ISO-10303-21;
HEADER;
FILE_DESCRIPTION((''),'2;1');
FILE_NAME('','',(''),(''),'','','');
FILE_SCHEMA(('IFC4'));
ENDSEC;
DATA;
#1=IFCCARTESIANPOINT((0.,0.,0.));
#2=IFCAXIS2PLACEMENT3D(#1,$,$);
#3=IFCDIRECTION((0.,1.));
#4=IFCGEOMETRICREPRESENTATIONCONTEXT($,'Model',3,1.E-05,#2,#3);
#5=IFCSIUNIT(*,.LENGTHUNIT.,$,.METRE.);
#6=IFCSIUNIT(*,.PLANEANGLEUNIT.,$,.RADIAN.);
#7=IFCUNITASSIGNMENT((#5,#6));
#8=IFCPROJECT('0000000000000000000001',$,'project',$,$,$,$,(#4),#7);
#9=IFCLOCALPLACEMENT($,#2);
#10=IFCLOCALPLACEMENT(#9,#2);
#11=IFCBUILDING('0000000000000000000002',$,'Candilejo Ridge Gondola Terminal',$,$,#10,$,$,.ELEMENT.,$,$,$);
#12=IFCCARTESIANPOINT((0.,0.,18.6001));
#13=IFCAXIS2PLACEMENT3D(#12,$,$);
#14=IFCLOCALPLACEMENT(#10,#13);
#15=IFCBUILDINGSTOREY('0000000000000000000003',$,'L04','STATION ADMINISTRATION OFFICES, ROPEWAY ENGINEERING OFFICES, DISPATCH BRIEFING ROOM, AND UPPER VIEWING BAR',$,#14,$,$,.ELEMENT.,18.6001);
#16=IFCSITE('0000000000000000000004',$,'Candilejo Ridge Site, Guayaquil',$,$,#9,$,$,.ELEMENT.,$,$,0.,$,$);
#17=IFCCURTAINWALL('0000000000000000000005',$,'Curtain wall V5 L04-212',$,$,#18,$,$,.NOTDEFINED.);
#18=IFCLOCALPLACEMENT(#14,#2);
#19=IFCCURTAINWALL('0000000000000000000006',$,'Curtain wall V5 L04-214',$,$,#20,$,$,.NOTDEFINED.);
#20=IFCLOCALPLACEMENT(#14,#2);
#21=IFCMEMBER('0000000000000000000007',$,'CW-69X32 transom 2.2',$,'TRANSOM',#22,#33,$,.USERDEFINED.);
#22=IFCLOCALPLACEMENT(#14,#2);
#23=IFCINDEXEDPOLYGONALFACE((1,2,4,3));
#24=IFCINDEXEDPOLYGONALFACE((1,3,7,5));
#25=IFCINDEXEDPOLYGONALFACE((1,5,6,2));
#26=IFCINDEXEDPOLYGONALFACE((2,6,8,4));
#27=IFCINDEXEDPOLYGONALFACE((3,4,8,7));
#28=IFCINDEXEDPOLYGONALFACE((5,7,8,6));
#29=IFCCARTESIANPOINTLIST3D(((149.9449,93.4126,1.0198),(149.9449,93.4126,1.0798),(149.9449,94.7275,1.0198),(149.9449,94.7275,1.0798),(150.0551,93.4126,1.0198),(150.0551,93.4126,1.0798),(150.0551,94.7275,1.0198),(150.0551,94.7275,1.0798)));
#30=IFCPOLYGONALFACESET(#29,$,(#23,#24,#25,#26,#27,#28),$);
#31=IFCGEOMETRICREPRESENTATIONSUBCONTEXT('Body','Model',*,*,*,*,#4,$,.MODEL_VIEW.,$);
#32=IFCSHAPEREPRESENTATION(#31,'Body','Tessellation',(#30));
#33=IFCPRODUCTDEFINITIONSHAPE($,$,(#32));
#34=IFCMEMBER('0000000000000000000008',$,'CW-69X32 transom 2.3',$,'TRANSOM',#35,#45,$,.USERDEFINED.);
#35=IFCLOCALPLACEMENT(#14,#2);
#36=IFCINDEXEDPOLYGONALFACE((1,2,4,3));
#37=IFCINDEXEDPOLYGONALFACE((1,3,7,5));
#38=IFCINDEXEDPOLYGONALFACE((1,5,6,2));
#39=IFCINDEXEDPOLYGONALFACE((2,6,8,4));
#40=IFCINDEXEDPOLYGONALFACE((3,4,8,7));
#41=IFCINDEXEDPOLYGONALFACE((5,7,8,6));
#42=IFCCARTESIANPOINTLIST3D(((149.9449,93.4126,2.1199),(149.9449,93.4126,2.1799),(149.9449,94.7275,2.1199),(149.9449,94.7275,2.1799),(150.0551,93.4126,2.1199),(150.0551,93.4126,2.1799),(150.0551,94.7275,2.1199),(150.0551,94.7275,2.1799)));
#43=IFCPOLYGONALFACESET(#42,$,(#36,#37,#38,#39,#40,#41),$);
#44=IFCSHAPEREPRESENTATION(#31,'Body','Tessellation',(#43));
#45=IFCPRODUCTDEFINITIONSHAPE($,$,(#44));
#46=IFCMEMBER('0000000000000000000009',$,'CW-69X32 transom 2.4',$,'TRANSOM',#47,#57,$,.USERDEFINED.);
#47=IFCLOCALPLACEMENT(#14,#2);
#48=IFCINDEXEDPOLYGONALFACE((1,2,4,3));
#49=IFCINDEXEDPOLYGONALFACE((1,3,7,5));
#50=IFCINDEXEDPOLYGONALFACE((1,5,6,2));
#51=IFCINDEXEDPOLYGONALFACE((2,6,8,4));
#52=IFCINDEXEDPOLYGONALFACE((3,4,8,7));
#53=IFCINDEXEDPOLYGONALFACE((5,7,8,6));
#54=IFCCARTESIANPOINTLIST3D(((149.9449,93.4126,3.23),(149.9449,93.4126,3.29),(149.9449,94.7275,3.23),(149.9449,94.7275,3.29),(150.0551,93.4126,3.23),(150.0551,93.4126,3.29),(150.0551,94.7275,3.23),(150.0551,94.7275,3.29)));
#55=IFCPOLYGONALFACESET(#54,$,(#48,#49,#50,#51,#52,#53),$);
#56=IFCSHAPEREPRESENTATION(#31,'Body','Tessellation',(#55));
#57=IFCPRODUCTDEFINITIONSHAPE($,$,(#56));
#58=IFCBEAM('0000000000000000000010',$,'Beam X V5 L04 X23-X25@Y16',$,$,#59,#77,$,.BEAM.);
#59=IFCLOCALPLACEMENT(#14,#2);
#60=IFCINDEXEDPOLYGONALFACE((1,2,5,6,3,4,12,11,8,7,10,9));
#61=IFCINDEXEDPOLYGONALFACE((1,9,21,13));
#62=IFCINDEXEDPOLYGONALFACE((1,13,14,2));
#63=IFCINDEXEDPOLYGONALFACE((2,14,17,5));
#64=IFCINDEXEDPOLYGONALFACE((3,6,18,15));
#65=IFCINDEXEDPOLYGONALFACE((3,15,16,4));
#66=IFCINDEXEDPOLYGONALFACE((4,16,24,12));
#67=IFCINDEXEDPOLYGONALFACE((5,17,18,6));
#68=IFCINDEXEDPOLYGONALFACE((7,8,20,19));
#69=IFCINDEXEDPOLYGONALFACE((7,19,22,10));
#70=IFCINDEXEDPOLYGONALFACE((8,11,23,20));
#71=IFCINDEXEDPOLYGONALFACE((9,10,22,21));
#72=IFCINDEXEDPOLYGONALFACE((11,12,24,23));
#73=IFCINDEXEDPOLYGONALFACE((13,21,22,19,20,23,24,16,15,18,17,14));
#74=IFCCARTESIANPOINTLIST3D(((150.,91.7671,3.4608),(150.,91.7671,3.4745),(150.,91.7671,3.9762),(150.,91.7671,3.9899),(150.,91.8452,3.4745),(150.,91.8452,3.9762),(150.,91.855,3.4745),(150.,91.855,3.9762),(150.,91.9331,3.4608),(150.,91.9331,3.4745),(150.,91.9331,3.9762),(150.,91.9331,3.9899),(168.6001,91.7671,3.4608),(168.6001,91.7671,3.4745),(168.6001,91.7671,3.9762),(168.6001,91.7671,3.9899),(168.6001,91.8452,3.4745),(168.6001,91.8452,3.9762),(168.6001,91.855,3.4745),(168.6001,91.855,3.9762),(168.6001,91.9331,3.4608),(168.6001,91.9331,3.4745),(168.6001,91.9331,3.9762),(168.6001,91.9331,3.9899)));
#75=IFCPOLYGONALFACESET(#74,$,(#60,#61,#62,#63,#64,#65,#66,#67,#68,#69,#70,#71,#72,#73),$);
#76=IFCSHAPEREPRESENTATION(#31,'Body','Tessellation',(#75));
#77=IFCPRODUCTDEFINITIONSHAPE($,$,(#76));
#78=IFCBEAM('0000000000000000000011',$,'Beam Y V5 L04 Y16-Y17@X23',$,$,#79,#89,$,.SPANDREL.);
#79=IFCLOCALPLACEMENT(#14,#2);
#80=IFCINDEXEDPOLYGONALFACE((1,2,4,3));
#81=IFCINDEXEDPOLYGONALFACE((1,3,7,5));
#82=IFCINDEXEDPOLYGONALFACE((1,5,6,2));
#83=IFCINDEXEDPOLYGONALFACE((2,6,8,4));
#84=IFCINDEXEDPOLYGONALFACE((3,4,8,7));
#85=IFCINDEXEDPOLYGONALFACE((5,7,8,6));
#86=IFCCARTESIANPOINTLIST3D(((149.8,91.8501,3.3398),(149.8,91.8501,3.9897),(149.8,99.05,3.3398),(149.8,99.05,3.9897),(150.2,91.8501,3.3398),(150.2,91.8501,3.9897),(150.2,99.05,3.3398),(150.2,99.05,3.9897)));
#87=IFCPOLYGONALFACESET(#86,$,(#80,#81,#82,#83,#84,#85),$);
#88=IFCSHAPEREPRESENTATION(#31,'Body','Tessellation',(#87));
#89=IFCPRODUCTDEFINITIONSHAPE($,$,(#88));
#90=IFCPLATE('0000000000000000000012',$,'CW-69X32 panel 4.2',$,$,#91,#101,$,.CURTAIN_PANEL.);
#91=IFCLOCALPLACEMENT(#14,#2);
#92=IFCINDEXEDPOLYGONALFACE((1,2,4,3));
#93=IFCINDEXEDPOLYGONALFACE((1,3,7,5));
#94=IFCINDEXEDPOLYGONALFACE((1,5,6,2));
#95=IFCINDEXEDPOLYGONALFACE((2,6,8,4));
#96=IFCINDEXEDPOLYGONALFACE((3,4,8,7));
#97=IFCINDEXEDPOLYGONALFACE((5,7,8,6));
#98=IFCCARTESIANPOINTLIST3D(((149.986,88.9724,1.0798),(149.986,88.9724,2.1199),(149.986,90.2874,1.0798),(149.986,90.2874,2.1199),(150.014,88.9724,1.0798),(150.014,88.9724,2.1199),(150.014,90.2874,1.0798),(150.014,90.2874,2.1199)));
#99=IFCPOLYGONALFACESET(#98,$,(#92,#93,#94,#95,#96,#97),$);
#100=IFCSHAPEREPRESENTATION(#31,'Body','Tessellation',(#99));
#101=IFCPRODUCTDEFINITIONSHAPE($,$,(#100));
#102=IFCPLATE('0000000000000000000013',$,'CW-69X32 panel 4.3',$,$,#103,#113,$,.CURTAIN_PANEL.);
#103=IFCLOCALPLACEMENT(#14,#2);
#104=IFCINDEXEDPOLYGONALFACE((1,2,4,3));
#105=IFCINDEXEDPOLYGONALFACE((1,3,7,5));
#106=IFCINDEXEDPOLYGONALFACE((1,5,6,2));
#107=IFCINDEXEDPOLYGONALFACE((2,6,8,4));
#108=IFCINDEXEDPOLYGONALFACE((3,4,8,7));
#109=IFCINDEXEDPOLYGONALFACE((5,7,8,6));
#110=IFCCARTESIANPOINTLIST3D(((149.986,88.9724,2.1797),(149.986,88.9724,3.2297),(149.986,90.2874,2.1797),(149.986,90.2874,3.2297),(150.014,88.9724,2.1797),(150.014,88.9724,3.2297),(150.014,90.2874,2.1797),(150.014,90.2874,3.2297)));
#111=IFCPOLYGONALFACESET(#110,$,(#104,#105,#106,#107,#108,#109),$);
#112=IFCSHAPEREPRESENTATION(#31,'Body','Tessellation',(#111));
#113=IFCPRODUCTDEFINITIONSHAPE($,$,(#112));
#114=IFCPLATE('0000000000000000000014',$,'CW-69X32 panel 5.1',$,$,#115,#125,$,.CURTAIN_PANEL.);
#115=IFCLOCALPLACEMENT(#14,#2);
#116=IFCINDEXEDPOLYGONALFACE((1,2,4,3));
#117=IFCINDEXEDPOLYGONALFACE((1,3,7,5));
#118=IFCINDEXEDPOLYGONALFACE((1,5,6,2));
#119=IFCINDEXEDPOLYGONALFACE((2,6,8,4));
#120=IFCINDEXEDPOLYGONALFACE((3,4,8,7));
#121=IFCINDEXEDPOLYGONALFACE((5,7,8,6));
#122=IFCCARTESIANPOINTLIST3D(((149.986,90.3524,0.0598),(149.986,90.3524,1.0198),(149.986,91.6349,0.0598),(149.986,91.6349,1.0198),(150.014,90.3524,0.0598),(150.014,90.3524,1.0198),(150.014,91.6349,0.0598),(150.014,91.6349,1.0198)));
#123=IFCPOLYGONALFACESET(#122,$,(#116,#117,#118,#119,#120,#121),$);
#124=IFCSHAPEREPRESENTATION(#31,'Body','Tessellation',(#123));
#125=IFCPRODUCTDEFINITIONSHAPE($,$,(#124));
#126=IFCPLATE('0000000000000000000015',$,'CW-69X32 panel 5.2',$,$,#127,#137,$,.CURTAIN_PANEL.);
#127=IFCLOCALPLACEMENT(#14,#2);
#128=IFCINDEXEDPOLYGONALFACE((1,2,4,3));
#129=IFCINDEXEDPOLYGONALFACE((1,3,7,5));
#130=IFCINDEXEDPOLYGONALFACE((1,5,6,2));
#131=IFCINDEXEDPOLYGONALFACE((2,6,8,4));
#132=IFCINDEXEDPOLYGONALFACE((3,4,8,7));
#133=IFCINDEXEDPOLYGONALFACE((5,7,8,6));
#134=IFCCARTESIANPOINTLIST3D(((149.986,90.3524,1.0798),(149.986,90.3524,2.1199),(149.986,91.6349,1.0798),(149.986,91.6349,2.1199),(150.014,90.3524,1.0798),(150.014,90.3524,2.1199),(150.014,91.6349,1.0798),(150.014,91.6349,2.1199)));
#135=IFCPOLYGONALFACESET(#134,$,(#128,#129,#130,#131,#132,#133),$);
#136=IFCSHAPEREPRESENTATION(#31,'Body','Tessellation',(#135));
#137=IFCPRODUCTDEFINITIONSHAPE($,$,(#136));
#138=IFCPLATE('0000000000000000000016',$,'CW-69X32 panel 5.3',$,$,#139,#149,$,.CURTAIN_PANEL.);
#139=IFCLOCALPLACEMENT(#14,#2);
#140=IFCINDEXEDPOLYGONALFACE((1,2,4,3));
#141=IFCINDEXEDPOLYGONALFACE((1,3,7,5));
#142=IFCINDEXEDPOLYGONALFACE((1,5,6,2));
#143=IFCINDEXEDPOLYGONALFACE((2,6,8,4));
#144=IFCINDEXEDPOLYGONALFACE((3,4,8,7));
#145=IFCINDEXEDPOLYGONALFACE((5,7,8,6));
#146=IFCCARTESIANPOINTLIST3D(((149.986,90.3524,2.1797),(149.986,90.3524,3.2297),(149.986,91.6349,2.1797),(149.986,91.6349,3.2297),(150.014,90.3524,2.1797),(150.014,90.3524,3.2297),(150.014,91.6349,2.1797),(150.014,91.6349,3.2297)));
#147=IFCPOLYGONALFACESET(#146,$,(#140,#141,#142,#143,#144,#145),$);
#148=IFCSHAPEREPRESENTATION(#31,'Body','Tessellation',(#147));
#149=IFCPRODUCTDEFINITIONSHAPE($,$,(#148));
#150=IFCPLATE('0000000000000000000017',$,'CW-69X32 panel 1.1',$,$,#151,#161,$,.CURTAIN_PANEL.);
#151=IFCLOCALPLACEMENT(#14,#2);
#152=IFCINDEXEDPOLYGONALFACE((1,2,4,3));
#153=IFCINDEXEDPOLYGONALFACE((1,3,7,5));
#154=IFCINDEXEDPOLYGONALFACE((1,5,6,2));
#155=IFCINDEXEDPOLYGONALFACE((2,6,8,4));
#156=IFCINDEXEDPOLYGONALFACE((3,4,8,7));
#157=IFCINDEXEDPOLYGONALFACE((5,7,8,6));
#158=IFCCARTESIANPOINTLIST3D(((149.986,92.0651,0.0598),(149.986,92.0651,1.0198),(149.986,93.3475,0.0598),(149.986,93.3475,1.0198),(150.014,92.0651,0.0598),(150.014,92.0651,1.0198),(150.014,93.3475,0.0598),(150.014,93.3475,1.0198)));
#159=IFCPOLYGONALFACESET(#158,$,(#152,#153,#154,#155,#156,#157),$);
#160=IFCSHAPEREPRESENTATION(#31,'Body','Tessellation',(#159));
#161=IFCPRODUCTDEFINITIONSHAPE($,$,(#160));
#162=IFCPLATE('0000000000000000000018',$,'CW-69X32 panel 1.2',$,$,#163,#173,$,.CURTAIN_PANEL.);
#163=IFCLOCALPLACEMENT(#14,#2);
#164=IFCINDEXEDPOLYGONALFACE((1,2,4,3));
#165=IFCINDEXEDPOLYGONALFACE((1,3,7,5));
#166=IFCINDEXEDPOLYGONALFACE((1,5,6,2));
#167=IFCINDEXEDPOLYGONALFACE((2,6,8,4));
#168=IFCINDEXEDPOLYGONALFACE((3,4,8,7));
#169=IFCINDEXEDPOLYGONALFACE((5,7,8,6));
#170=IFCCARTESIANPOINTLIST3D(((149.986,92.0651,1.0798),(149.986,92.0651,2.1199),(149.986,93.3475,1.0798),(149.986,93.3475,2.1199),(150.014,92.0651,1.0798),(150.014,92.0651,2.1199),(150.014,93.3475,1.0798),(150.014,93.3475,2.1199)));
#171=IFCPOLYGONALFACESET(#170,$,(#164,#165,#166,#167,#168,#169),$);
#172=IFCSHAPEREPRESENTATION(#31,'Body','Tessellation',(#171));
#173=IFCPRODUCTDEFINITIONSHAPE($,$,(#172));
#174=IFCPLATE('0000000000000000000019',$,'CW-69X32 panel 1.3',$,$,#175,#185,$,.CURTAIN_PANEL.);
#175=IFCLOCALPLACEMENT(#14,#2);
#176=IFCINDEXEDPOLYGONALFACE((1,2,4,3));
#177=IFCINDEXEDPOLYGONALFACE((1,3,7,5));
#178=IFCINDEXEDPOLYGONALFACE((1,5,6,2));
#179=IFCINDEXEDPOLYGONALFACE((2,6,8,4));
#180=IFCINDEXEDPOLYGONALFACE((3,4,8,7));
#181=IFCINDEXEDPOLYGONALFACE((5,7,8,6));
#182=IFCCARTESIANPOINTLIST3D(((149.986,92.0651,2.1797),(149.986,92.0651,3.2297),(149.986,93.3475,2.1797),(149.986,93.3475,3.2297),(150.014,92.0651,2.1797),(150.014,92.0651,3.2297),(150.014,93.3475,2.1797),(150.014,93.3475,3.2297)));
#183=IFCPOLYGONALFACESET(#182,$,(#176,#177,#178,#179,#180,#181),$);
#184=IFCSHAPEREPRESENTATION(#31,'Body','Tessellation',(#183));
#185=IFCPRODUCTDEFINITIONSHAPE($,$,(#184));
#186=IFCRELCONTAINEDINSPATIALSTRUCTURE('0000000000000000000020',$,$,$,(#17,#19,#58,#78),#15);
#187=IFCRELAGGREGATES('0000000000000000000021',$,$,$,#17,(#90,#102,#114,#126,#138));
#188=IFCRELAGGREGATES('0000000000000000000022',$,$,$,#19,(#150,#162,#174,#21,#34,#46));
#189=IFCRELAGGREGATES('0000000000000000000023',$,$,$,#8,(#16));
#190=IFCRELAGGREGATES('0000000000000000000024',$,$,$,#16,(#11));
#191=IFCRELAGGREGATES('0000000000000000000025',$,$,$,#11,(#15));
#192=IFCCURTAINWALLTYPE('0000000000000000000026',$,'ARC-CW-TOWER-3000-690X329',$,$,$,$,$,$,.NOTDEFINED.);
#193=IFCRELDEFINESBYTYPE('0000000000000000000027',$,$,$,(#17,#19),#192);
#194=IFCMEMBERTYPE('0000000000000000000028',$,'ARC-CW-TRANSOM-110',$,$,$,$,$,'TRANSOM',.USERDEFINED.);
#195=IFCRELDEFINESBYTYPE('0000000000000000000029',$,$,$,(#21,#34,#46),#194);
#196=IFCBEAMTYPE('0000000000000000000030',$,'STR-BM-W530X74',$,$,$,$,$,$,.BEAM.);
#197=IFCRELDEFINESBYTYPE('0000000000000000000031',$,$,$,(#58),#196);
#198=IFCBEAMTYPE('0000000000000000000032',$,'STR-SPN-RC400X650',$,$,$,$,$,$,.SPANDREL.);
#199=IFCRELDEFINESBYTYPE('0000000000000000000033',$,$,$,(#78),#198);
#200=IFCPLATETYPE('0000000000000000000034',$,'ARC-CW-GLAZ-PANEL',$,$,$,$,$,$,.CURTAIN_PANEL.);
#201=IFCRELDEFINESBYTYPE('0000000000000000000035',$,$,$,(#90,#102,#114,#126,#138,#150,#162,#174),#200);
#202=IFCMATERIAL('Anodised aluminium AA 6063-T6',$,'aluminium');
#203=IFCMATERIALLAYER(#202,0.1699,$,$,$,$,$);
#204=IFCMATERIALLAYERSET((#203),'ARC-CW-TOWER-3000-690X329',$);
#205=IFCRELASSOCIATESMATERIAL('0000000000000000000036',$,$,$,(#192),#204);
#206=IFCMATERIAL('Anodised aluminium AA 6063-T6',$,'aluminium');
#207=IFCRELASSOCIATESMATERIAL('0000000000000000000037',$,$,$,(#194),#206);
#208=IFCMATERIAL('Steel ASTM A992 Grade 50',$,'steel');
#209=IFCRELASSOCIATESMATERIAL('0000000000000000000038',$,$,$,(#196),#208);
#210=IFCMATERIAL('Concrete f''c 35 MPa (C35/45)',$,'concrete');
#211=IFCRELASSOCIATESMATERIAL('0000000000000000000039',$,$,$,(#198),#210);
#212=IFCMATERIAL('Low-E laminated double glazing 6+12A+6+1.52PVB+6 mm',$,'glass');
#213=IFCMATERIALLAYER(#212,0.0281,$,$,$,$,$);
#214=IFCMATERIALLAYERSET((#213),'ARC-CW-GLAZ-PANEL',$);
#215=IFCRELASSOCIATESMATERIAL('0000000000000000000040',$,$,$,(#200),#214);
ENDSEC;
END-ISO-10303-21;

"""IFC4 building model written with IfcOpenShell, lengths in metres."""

from ifc_helpers import new_model, si_unit, direction, frame, origin, origin_2d, place, context, subcontext, project, spatial, rectangle, i_section, extrude, material, layer, layer_set, material_profile, profile_set, type_object, element, aggregate, save


model = new_model("IFC4")

# Units and contexts
model_context = context("Model", 3, precision=1e-05, world=origin(), true_north=direction((0.0, 1.0)))
body_context = subcontext(model_context, "Body", "Model", "MODEL_VIEW")
ifc_project = project(units=[si_unit("LENGTHUNIT", "METRE"), si_unit("PLANEANGLEUNIT", "RADIAN")], contexts=[model_context])

# Site, building, storey
site_placement = place(None, origin())
site = spatial("IfcSite", under=ifc_project, at=site_placement, Name="Candilejo Ridge Site, Guayaquil", CompositionType="ELEMENT", RefElevation=0.0)
building_placement = place(site_placement, origin())
building = spatial("IfcBuilding", under=site, at=building_placement, Name="Candilejo Ridge Gondola Terminal", CompositionType="ELEMENT")
storey_placement = place(building_placement, frame((0.0, 0.0, 18.6001)))
storey = spatial("IfcBuildingStorey", under=building, at=storey_placement, Name="L04", Description="STATION ADMINISTRATION OFFICES, ROPEWAY ENGINEERING OFFICES, DISPATCH BRIEFING ROOM, AND UPPER VIEWING BAR", CompositionType="ELEMENT", Elevation=18.6001)

# Curtain walls
ifc_material_1 = material(Name="Anodised aluminium AA 6063-T6", Category="aluminium")
ifc_layer_1 = layer(ifc_material_1, 0.1699)
ifc_layer_set_1 = layer_set([ifc_layer_1], Name="ARC-CW-TOWER-3000-690X329")
curtain_wall_type = type_object("IfcCurtainWallType", Name="ARC-CW-TOWER-3000-690X329", PredefinedType="NOTDEFINED", material=ifc_layer_set_1)
curtain_wall_1_placement = place(storey_placement, origin())
curtain_wall_1 = element("IfcCurtainWall", 1, at=curtain_wall_1_placement, inside=storey, type_object=curtain_wall_type, Name="Curtain wall V5 L04-212", PredefinedType="NOTDEFINED")
curtain_wall_2_placement = place(storey_placement, origin())
curtain_wall_2 = element("IfcCurtainWall", 2, at=curtain_wall_2_placement, inside=storey, type_object=curtain_wall_type, Name="Curtain wall V5 L04-214", PredefinedType="NOTDEFINED")

# Members
ifc_material_2 = material(Name="Anodised aluminium AA 6063-T6", Category="aluminium")
ifc_material_profile_1 = material_profile(ifc_material_2, rectangle(XDim=0.1101, YDim=0.0601, at=origin_2d()))
ifc_profile_set_1 = profile_set([ifc_material_profile_1], Name="Anodised aluminium AA 6063-T6")
member_type_1 = type_object("IfcMemberType", Name="ARC-CW-TRANSOM-110", ElementType="TRANSOM", PredefinedType="USERDEFINED", material=ifc_profile_set_1)
member_1_placement = place(storey_placement, frame((150.0, 93.4126, 1.0498), z_axis=(0.0, 1.0, 0.0), x_axis=(-1.0, 0.0, 0.0)))
member_1 = element("IfcMember", 3, at=member_1_placement, type_object=member_type_1, Name="CW-69X32 transom 2.2", ObjectType="TRANSOM", PredefinedType="USERDEFINED", context=body_context, shape_type="SweptSolid", body=[
    extrude(rectangle(XDim=0.1101, YDim=0.0601, at=origin_2d()), origin(), (0.0, 0.0, 1.0), 1.3149),
])
member_2_placement = place(storey_placement, frame((150.0, 93.4126, 2.1499), z_axis=(0.0, 1.0, 0.0), x_axis=(-1.0, 0.0, 0.0)))
member_2 = element("IfcMember", 4, at=member_2_placement, type_object=member_type_1, Name="CW-69X32 transom 2.3", ObjectType="TRANSOM", PredefinedType="USERDEFINED", context=body_context, shape_type="SweptSolid", body=[
    extrude(rectangle(XDim=0.1101, YDim=0.0601, at=origin_2d()), origin(), (0.0, 0.0, 1.0), 1.3149),
])
member_3_placement = place(storey_placement, frame((150.0, 93.4126, 3.26), z_axis=(0.0, 1.0, 0.0), x_axis=(-1.0, 0.0, 0.0)))
member_3 = element("IfcMember", 5, at=member_3_placement, type_object=member_type_1, Name="CW-69X32 transom 2.4", ObjectType="TRANSOM", PredefinedType="USERDEFINED", context=body_context, shape_type="SweptSolid", body=[
    extrude(rectangle(XDim=0.1101, YDim=0.0601, at=origin_2d()), origin(), (0.0, 0.0, 1.0), 1.3149),
])

# Beams
ifc_material_3 = material(Name="Steel ASTM A992 Grade 50", Category="steel")
ifc_material_profile_2 = material_profile(ifc_material_3, i_section(OverallWidth=0.166, OverallDepth=0.5291, WebThickness=0.0098, FlangeThickness=0.0137, at=origin_2d()))
ifc_profile_set_2 = profile_set([ifc_material_profile_2], Name="Steel ASTM A992 Grade 50")
beam_type_1 = type_object("IfcBeamType", Name="STR-BM-W530X74", PredefinedType="BEAM", material=ifc_profile_set_2)
beam_1_placement = place(storey_placement, frame((150.0, 91.8501, 3.7253), z_axis=(1.0, 0.0, 0.0), x_axis=(0.0, 1.0, 0.0)))
element("IfcBeam", 6, at=beam_1_placement, inside=storey, type_object=beam_type_1, Name="Beam X V5 L04 X23-X25@Y16", PredefinedType="BEAM", context=body_context, shape_type="SweptSolid", body=[
    extrude(i_section(OverallWidth=0.166, OverallDepth=0.5291, WebThickness=0.0098, FlangeThickness=0.0137, at=origin_2d()), origin(), (0.0, 0.0, 1.0), 18.6001),
])
ifc_material_4 = material(Name="Concrete f'c 35 MPa (C35/45)", Category="concrete")
ifc_material_profile_3 = material_profile(ifc_material_4, rectangle(XDim=0.3999, YDim=0.6499, at=origin_2d()))
ifc_profile_set_3 = profile_set([ifc_material_profile_3], Name="Concrete f'c 35 MPa (C35/45)")
beam_type_2 = type_object("IfcBeamType", Name="STR-SPN-RC400X650", PredefinedType="SPANDREL", material=ifc_profile_set_3)
beam_2_placement = place(storey_placement, frame((150.0, 91.8501, 3.6648), z_axis=(0.0, 1.0, 0.0), x_axis=(-1.0, 0.0, 0.0)))
element("IfcBeam", 7, at=beam_2_placement, inside=storey, type_object=beam_type_2, Name="Beam Y V5 L04 Y16-Y17@X23", PredefinedType="SPANDREL", context=body_context, shape_type="SweptSolid", body=[
    extrude(rectangle(XDim=0.3999, YDim=0.6499, at=origin_2d()), origin(), (0.0, 0.0, 1.0), 7.2),
])

# Plates
ifc_material_5 = material(Name="Low-E laminated double glazing 6+12A+6+1.52PVB+6 mm", Category="glass")
ifc_layer_2 = layer(ifc_material_5, 0.0281)
ifc_layer_set_2 = layer_set([ifc_layer_2], Name="ARC-CW-GLAZ-PANEL")
plate_type = type_object("IfcPlateType", Name="ARC-CW-GLAZ-PANEL", PredefinedType="CURTAIN_PANEL", material=ifc_layer_set_2)
plate_1_placement = place(storey_placement, frame((150.0, 89.6299, 1.0798), z_axis=(0.0, 0.0, 1.0), x_axis=(0.0, 1.0, 0.0)))
plate_1 = element("IfcPlate", 8, at=plate_1_placement, type_object=plate_type, Name="CW-69X32 panel 4.2", PredefinedType="CURTAIN_PANEL", context=body_context, shape_type="SweptSolid", body=[
    extrude(rectangle(XDim=1.3149, YDim=0.0281, at=origin_2d()), origin(), (0.0, 0.0, 1.0), 1.04),
])
plate_2_placement = place(storey_placement, frame((150.0, 89.6299, 2.1797), z_axis=(0.0, 0.0, 1.0), x_axis=(0.0, 1.0, 0.0)))
plate_2 = element("IfcPlate", 9, at=plate_2_placement, type_object=plate_type, Name="CW-69X32 panel 4.3", PredefinedType="CURTAIN_PANEL", context=body_context, shape_type="SweptSolid", body=[
    extrude(rectangle(XDim=1.3149, YDim=0.0281, at=origin_2d()), origin(), (0.0, 0.0, 1.0), 1.05),
])
plate_3_placement = place(storey_placement, frame((150.0, 90.9937, 0.0598), z_axis=(0.0, 0.0, 1.0), x_axis=(0.0, 1.0, 0.0)))
plate_3 = element("IfcPlate", 10, at=plate_3_placement, type_object=plate_type, Name="CW-69X32 panel 5.1", PredefinedType="CURTAIN_PANEL", context=body_context, shape_type="SweptSolid", body=[
    extrude(rectangle(XDim=1.2825, YDim=0.0281, at=origin_2d()), origin(), (0.0, 0.0, 1.0), 0.96),
])
plate_4_placement = place(storey_placement, frame((150.0, 90.9937, 1.0798), z_axis=(0.0, 0.0, 1.0), x_axis=(0.0, 1.0, 0.0)))
plate_4 = element("IfcPlate", 11, at=plate_4_placement, type_object=plate_type, Name="CW-69X32 panel 5.2", PredefinedType="CURTAIN_PANEL", context=body_context, shape_type="SweptSolid", body=[
    extrude(rectangle(XDim=1.2825, YDim=0.0281, at=origin_2d()), origin(), (0.0, 0.0, 1.0), 1.04),
])
plate_5_placement = place(storey_placement, frame((150.0, 90.9937, 2.1797), z_axis=(0.0, 0.0, 1.0), x_axis=(0.0, 1.0, 0.0)))
plate_5 = element("IfcPlate", 12, at=plate_5_placement, type_object=plate_type, Name="CW-69X32 panel 5.3", PredefinedType="CURTAIN_PANEL", context=body_context, shape_type="SweptSolid", body=[
    extrude(rectangle(XDim=1.2825, YDim=0.0281, at=origin_2d()), origin(), (0.0, 0.0, 1.0), 1.05),
])
aggregate(curtain_wall_1, [plate_1, plate_2, plate_3, plate_4, plate_5])
plate_6_placement = place(storey_placement, frame((150.0, 92.7063, 0.0598), z_axis=(0.0, 0.0, 1.0), x_axis=(0.0, 1.0, 0.0)))
plate_6 = element("IfcPlate", 13, at=plate_6_placement, type_object=plate_type, Name="CW-69X32 panel 1.1", PredefinedType="CURTAIN_PANEL", context=body_context, shape_type="SweptSolid", body=[
    extrude(rectangle(XDim=1.2825, YDim=0.0281, at=origin_2d()), origin(), (0.0, 0.0, 1.0), 0.96),
])
plate_7_placement = place(storey_placement, frame((150.0, 92.7063, 1.0798), z_axis=(0.0, 0.0, 1.0), x_axis=(0.0, 1.0, 0.0)))
plate_7 = element("IfcPlate", 14, at=plate_7_placement, type_object=plate_type, Name="CW-69X32 panel 1.2", PredefinedType="CURTAIN_PANEL", context=body_context, shape_type="SweptSolid", body=[
    extrude(rectangle(XDim=1.2825, YDim=0.0281, at=origin_2d()), origin(), (0.0, 0.0, 1.0), 1.04),
])
plate_8_placement = place(storey_placement, frame((150.0, 92.7063, 2.1797), z_axis=(0.0, 0.0, 1.0), x_axis=(0.0, 1.0, 0.0)))
plate_8 = element("IfcPlate", 15, at=plate_8_placement, type_object=plate_type, Name="CW-69X32 panel 1.3", PredefinedType="CURTAIN_PANEL", context=body_context, shape_type="SweptSolid", body=[
    extrude(rectangle(XDim=1.2825, YDim=0.0281, at=origin_2d()), origin(), (0.0, 0.0, 1.0), 1.05),
])
aggregate(curtain_wall_2, [plate_6, plate_7, plate_8, member_1, member_2, member_3])

save(model, "model.ifc")
